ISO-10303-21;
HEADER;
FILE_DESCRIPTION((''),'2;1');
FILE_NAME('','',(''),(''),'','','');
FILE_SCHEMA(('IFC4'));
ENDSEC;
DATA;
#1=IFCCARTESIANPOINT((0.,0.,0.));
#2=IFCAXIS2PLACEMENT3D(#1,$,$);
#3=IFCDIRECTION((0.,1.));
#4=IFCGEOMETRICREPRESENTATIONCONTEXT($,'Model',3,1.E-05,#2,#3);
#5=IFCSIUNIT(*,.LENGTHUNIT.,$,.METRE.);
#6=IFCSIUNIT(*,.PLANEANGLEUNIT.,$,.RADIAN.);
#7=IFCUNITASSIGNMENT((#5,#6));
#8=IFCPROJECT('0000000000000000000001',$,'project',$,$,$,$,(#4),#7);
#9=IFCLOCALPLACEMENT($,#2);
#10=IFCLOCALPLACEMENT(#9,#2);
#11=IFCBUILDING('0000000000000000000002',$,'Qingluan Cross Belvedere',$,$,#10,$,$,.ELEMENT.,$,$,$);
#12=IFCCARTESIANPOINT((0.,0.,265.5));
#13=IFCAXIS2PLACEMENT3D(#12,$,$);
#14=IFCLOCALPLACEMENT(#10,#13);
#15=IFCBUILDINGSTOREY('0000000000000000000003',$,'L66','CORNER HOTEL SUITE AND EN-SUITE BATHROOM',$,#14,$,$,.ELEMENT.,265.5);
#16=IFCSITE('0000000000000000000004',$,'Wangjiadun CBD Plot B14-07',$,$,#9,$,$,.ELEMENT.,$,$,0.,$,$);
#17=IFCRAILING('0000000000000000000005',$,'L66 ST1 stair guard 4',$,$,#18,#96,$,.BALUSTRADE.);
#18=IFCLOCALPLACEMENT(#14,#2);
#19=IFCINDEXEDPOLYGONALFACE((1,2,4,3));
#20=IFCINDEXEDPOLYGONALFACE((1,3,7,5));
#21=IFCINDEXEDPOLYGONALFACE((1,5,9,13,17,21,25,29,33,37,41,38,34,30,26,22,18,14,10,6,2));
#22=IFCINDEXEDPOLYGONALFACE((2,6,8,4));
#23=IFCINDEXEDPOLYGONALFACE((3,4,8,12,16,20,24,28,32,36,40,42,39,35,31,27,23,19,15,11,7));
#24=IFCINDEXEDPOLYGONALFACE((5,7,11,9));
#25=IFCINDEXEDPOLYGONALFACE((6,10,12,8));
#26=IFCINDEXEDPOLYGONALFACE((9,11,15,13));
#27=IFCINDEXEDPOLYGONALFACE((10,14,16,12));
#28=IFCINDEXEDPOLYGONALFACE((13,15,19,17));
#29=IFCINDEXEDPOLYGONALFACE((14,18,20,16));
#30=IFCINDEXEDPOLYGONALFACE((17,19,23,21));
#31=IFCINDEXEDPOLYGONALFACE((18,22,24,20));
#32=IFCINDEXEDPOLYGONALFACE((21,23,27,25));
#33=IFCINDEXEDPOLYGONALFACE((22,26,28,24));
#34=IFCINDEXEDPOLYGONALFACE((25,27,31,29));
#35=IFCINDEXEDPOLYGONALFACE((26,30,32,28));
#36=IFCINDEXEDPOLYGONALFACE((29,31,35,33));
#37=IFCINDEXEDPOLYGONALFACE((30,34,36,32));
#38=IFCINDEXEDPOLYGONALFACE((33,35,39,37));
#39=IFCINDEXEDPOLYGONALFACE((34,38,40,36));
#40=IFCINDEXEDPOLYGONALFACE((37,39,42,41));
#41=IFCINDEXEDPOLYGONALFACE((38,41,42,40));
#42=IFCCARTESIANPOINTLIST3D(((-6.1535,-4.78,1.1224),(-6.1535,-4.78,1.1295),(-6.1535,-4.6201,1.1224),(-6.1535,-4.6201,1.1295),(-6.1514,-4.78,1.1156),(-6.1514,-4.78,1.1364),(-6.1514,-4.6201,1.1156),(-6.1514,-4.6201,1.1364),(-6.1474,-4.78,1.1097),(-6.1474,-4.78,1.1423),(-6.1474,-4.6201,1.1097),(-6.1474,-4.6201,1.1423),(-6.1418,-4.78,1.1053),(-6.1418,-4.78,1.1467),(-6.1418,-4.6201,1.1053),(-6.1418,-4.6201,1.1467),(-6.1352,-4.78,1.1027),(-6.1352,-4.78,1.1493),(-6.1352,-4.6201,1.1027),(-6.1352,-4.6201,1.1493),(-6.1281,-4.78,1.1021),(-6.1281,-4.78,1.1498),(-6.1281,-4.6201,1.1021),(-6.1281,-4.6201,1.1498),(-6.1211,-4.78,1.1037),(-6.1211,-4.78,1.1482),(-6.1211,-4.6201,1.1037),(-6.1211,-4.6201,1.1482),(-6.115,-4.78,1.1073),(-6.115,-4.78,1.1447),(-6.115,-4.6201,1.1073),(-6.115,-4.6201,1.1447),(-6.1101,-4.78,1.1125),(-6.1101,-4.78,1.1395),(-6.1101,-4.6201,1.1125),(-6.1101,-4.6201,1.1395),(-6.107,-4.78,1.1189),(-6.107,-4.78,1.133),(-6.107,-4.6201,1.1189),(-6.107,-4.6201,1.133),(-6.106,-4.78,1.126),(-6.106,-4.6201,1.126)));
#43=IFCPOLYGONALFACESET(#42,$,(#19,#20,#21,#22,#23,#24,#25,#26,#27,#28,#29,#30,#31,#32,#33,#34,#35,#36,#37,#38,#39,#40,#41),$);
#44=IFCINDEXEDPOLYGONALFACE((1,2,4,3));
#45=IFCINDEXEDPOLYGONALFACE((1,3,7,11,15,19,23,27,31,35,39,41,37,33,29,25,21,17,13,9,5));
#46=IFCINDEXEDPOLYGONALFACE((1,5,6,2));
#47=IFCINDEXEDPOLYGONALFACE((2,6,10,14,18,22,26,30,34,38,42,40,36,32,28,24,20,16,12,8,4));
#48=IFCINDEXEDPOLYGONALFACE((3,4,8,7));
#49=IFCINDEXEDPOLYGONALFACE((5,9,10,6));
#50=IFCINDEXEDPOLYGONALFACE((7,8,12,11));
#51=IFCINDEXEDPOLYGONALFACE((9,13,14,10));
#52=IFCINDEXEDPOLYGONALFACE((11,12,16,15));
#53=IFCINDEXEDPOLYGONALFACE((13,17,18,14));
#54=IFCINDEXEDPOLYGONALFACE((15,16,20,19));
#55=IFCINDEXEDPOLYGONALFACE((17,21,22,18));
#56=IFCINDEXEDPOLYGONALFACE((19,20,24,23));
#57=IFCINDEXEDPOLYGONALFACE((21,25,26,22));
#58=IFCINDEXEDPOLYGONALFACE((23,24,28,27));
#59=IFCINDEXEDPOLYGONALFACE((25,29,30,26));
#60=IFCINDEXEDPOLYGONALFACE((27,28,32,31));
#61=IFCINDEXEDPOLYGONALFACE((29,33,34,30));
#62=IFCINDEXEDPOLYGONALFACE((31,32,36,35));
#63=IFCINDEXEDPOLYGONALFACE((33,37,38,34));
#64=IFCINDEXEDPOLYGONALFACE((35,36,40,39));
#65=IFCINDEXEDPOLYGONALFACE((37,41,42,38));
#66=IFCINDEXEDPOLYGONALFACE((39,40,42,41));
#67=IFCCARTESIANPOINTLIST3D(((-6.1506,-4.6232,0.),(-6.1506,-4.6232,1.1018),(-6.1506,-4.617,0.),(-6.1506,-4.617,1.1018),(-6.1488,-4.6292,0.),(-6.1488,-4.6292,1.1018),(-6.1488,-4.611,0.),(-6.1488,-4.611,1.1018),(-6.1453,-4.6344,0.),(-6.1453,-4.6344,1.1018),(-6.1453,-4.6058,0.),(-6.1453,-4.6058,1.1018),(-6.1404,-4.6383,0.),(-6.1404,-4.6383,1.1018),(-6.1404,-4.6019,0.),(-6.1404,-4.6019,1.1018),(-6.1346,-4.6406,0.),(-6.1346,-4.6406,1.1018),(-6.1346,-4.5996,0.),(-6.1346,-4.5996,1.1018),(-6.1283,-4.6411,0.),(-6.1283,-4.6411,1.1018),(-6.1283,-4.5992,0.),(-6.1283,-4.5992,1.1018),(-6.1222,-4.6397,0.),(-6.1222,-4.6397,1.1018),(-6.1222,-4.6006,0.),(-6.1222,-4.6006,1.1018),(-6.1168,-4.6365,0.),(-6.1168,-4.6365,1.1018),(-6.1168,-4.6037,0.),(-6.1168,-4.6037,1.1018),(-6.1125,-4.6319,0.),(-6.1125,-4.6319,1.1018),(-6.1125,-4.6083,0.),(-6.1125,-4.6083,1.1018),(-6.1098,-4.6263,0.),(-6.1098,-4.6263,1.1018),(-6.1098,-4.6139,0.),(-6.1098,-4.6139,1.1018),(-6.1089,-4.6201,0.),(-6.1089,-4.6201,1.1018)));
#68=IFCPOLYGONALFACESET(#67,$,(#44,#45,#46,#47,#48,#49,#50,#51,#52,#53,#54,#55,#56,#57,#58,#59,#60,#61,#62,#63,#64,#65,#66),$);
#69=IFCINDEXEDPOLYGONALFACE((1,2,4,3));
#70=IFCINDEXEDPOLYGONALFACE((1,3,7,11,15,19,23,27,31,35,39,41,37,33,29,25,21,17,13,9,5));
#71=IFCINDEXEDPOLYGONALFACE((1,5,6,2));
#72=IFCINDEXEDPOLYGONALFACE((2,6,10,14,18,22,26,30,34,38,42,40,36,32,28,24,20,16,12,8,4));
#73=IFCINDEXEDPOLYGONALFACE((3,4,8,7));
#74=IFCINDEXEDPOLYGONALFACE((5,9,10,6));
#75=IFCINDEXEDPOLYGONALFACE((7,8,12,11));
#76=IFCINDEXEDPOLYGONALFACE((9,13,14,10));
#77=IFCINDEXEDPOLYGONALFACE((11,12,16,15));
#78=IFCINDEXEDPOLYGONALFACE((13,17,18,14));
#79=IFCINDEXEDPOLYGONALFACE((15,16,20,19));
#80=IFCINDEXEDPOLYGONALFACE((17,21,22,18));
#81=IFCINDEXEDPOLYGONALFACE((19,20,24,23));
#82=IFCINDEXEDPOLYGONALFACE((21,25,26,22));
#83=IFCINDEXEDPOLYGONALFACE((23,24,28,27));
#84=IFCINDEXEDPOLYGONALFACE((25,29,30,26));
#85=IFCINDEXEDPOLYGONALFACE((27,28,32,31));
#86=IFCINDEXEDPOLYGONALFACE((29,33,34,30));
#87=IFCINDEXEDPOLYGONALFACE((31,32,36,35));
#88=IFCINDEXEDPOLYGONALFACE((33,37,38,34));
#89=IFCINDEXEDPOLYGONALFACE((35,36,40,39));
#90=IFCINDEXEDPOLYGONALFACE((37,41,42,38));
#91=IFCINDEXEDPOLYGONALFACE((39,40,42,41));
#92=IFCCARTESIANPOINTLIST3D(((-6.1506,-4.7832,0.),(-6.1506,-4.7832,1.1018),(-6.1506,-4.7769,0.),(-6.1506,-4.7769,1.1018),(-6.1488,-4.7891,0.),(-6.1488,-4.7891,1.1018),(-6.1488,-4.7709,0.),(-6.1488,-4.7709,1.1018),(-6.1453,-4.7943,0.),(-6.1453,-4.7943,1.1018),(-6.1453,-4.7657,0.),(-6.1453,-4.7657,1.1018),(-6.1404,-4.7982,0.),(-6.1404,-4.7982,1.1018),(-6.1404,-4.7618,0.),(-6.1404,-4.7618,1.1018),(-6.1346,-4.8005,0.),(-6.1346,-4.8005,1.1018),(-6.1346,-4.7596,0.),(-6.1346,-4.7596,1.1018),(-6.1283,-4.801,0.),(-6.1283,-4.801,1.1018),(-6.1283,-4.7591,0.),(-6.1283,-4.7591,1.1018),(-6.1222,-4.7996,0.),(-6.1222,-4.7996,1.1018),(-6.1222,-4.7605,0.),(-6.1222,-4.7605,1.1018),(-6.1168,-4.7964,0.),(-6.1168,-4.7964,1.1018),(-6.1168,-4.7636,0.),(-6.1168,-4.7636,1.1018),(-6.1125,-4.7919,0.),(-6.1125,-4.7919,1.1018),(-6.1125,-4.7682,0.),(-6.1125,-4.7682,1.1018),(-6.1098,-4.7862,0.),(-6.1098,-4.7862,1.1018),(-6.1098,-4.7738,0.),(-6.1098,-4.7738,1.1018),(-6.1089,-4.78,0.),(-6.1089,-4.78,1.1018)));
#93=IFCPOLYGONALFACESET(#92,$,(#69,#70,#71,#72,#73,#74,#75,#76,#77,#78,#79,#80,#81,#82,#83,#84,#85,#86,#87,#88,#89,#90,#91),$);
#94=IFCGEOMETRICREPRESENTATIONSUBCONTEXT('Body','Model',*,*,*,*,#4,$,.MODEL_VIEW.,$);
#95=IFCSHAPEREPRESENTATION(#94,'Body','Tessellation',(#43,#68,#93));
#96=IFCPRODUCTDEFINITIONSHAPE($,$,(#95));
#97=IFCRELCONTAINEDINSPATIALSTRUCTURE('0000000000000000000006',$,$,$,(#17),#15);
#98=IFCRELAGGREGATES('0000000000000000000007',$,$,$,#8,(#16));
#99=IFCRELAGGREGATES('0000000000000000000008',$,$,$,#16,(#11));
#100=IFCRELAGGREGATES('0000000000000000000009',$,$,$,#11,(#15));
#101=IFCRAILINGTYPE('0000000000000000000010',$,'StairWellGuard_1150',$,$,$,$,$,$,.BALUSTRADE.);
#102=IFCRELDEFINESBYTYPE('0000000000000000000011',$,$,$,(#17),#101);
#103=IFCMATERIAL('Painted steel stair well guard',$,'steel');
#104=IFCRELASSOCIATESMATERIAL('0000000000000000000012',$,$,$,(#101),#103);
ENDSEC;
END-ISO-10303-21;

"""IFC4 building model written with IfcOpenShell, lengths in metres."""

from ifc_helpers import new_model, si_unit, direction, frame, origin, origin_2d, place, context, subcontext, project, spatial, circle, extrude, material, type_object, element, save


model = new_model("IFC4")

# Units and contexts
model_context = context("Model", 3, precision=1e-05, world=origin(), true_north=direction((0.0, 1.0)))
body_context = subcontext(model_context, "Body", "Model", "MODEL_VIEW")
ifc_project = project(units=[si_unit("LENGTHUNIT", "METRE"), si_unit("PLANEANGLEUNIT", "RADIAN")], contexts=[model_context])

# Site, building, storey
site_placement = place(None, origin())
site = spatial("IfcSite", under=ifc_project, at=site_placement, Name="Wangjiadun CBD Plot B14-07", CompositionType="ELEMENT", RefElevation=0.0)
building_placement = place(site_placement, origin())
building = spatial("IfcBuilding", under=site, at=building_placement, Name="Qingluan Cross Belvedere", CompositionType="ELEMENT")
storey_placement = place(building_placement, frame((0.0, 0.0, 265.5)))
storey = spatial("IfcBuildingStorey", under=building, at=storey_placement, Name="L66", Description="CORNER HOTEL SUITE AND EN-SUITE BATHROOM", CompositionType="ELEMENT", Elevation=265.5)

# Railing
ifc_material_1 = material(Name="Painted steel stair well guard", Category="steel")
railing_type_1 = type_object("IfcRailingType", Name="StairWellGuard_1150", PredefinedType="BALUSTRADE", material=ifc_material_1)
railing_1_placement = place(storey_placement, frame((-6.1299, -4.6201, 0.0)))
element("IfcRailing", 1, at=railing_1_placement, inside=storey, type_object=railing_type_1, Name="L66 ST1 stair guard 4", PredefinedType="BALUSTRADE", context=body_context, shape_type="SweptSolid", body=[
    extrude(circle(Radius=0.0239, at=origin_2d()), frame((0.0, 0.0, 1.126), z_axis=(0.0, -1.0, 0.0), x_axis=(1.0, 0.0, 0.0)), (0.0, 0.0, 1.0), 0.1599),
    extrude(circle(Radius=0.021, at=origin_2d()), origin(), (0.0, 0.0, 1.0), 1.1018),
    extrude(circle(Radius=0.021, at=origin_2d()), frame((0.0, -0.1599, 0.0)), (0.0, 0.0, 1.0), 1.1018),
])

save(model, "model.ifc")
